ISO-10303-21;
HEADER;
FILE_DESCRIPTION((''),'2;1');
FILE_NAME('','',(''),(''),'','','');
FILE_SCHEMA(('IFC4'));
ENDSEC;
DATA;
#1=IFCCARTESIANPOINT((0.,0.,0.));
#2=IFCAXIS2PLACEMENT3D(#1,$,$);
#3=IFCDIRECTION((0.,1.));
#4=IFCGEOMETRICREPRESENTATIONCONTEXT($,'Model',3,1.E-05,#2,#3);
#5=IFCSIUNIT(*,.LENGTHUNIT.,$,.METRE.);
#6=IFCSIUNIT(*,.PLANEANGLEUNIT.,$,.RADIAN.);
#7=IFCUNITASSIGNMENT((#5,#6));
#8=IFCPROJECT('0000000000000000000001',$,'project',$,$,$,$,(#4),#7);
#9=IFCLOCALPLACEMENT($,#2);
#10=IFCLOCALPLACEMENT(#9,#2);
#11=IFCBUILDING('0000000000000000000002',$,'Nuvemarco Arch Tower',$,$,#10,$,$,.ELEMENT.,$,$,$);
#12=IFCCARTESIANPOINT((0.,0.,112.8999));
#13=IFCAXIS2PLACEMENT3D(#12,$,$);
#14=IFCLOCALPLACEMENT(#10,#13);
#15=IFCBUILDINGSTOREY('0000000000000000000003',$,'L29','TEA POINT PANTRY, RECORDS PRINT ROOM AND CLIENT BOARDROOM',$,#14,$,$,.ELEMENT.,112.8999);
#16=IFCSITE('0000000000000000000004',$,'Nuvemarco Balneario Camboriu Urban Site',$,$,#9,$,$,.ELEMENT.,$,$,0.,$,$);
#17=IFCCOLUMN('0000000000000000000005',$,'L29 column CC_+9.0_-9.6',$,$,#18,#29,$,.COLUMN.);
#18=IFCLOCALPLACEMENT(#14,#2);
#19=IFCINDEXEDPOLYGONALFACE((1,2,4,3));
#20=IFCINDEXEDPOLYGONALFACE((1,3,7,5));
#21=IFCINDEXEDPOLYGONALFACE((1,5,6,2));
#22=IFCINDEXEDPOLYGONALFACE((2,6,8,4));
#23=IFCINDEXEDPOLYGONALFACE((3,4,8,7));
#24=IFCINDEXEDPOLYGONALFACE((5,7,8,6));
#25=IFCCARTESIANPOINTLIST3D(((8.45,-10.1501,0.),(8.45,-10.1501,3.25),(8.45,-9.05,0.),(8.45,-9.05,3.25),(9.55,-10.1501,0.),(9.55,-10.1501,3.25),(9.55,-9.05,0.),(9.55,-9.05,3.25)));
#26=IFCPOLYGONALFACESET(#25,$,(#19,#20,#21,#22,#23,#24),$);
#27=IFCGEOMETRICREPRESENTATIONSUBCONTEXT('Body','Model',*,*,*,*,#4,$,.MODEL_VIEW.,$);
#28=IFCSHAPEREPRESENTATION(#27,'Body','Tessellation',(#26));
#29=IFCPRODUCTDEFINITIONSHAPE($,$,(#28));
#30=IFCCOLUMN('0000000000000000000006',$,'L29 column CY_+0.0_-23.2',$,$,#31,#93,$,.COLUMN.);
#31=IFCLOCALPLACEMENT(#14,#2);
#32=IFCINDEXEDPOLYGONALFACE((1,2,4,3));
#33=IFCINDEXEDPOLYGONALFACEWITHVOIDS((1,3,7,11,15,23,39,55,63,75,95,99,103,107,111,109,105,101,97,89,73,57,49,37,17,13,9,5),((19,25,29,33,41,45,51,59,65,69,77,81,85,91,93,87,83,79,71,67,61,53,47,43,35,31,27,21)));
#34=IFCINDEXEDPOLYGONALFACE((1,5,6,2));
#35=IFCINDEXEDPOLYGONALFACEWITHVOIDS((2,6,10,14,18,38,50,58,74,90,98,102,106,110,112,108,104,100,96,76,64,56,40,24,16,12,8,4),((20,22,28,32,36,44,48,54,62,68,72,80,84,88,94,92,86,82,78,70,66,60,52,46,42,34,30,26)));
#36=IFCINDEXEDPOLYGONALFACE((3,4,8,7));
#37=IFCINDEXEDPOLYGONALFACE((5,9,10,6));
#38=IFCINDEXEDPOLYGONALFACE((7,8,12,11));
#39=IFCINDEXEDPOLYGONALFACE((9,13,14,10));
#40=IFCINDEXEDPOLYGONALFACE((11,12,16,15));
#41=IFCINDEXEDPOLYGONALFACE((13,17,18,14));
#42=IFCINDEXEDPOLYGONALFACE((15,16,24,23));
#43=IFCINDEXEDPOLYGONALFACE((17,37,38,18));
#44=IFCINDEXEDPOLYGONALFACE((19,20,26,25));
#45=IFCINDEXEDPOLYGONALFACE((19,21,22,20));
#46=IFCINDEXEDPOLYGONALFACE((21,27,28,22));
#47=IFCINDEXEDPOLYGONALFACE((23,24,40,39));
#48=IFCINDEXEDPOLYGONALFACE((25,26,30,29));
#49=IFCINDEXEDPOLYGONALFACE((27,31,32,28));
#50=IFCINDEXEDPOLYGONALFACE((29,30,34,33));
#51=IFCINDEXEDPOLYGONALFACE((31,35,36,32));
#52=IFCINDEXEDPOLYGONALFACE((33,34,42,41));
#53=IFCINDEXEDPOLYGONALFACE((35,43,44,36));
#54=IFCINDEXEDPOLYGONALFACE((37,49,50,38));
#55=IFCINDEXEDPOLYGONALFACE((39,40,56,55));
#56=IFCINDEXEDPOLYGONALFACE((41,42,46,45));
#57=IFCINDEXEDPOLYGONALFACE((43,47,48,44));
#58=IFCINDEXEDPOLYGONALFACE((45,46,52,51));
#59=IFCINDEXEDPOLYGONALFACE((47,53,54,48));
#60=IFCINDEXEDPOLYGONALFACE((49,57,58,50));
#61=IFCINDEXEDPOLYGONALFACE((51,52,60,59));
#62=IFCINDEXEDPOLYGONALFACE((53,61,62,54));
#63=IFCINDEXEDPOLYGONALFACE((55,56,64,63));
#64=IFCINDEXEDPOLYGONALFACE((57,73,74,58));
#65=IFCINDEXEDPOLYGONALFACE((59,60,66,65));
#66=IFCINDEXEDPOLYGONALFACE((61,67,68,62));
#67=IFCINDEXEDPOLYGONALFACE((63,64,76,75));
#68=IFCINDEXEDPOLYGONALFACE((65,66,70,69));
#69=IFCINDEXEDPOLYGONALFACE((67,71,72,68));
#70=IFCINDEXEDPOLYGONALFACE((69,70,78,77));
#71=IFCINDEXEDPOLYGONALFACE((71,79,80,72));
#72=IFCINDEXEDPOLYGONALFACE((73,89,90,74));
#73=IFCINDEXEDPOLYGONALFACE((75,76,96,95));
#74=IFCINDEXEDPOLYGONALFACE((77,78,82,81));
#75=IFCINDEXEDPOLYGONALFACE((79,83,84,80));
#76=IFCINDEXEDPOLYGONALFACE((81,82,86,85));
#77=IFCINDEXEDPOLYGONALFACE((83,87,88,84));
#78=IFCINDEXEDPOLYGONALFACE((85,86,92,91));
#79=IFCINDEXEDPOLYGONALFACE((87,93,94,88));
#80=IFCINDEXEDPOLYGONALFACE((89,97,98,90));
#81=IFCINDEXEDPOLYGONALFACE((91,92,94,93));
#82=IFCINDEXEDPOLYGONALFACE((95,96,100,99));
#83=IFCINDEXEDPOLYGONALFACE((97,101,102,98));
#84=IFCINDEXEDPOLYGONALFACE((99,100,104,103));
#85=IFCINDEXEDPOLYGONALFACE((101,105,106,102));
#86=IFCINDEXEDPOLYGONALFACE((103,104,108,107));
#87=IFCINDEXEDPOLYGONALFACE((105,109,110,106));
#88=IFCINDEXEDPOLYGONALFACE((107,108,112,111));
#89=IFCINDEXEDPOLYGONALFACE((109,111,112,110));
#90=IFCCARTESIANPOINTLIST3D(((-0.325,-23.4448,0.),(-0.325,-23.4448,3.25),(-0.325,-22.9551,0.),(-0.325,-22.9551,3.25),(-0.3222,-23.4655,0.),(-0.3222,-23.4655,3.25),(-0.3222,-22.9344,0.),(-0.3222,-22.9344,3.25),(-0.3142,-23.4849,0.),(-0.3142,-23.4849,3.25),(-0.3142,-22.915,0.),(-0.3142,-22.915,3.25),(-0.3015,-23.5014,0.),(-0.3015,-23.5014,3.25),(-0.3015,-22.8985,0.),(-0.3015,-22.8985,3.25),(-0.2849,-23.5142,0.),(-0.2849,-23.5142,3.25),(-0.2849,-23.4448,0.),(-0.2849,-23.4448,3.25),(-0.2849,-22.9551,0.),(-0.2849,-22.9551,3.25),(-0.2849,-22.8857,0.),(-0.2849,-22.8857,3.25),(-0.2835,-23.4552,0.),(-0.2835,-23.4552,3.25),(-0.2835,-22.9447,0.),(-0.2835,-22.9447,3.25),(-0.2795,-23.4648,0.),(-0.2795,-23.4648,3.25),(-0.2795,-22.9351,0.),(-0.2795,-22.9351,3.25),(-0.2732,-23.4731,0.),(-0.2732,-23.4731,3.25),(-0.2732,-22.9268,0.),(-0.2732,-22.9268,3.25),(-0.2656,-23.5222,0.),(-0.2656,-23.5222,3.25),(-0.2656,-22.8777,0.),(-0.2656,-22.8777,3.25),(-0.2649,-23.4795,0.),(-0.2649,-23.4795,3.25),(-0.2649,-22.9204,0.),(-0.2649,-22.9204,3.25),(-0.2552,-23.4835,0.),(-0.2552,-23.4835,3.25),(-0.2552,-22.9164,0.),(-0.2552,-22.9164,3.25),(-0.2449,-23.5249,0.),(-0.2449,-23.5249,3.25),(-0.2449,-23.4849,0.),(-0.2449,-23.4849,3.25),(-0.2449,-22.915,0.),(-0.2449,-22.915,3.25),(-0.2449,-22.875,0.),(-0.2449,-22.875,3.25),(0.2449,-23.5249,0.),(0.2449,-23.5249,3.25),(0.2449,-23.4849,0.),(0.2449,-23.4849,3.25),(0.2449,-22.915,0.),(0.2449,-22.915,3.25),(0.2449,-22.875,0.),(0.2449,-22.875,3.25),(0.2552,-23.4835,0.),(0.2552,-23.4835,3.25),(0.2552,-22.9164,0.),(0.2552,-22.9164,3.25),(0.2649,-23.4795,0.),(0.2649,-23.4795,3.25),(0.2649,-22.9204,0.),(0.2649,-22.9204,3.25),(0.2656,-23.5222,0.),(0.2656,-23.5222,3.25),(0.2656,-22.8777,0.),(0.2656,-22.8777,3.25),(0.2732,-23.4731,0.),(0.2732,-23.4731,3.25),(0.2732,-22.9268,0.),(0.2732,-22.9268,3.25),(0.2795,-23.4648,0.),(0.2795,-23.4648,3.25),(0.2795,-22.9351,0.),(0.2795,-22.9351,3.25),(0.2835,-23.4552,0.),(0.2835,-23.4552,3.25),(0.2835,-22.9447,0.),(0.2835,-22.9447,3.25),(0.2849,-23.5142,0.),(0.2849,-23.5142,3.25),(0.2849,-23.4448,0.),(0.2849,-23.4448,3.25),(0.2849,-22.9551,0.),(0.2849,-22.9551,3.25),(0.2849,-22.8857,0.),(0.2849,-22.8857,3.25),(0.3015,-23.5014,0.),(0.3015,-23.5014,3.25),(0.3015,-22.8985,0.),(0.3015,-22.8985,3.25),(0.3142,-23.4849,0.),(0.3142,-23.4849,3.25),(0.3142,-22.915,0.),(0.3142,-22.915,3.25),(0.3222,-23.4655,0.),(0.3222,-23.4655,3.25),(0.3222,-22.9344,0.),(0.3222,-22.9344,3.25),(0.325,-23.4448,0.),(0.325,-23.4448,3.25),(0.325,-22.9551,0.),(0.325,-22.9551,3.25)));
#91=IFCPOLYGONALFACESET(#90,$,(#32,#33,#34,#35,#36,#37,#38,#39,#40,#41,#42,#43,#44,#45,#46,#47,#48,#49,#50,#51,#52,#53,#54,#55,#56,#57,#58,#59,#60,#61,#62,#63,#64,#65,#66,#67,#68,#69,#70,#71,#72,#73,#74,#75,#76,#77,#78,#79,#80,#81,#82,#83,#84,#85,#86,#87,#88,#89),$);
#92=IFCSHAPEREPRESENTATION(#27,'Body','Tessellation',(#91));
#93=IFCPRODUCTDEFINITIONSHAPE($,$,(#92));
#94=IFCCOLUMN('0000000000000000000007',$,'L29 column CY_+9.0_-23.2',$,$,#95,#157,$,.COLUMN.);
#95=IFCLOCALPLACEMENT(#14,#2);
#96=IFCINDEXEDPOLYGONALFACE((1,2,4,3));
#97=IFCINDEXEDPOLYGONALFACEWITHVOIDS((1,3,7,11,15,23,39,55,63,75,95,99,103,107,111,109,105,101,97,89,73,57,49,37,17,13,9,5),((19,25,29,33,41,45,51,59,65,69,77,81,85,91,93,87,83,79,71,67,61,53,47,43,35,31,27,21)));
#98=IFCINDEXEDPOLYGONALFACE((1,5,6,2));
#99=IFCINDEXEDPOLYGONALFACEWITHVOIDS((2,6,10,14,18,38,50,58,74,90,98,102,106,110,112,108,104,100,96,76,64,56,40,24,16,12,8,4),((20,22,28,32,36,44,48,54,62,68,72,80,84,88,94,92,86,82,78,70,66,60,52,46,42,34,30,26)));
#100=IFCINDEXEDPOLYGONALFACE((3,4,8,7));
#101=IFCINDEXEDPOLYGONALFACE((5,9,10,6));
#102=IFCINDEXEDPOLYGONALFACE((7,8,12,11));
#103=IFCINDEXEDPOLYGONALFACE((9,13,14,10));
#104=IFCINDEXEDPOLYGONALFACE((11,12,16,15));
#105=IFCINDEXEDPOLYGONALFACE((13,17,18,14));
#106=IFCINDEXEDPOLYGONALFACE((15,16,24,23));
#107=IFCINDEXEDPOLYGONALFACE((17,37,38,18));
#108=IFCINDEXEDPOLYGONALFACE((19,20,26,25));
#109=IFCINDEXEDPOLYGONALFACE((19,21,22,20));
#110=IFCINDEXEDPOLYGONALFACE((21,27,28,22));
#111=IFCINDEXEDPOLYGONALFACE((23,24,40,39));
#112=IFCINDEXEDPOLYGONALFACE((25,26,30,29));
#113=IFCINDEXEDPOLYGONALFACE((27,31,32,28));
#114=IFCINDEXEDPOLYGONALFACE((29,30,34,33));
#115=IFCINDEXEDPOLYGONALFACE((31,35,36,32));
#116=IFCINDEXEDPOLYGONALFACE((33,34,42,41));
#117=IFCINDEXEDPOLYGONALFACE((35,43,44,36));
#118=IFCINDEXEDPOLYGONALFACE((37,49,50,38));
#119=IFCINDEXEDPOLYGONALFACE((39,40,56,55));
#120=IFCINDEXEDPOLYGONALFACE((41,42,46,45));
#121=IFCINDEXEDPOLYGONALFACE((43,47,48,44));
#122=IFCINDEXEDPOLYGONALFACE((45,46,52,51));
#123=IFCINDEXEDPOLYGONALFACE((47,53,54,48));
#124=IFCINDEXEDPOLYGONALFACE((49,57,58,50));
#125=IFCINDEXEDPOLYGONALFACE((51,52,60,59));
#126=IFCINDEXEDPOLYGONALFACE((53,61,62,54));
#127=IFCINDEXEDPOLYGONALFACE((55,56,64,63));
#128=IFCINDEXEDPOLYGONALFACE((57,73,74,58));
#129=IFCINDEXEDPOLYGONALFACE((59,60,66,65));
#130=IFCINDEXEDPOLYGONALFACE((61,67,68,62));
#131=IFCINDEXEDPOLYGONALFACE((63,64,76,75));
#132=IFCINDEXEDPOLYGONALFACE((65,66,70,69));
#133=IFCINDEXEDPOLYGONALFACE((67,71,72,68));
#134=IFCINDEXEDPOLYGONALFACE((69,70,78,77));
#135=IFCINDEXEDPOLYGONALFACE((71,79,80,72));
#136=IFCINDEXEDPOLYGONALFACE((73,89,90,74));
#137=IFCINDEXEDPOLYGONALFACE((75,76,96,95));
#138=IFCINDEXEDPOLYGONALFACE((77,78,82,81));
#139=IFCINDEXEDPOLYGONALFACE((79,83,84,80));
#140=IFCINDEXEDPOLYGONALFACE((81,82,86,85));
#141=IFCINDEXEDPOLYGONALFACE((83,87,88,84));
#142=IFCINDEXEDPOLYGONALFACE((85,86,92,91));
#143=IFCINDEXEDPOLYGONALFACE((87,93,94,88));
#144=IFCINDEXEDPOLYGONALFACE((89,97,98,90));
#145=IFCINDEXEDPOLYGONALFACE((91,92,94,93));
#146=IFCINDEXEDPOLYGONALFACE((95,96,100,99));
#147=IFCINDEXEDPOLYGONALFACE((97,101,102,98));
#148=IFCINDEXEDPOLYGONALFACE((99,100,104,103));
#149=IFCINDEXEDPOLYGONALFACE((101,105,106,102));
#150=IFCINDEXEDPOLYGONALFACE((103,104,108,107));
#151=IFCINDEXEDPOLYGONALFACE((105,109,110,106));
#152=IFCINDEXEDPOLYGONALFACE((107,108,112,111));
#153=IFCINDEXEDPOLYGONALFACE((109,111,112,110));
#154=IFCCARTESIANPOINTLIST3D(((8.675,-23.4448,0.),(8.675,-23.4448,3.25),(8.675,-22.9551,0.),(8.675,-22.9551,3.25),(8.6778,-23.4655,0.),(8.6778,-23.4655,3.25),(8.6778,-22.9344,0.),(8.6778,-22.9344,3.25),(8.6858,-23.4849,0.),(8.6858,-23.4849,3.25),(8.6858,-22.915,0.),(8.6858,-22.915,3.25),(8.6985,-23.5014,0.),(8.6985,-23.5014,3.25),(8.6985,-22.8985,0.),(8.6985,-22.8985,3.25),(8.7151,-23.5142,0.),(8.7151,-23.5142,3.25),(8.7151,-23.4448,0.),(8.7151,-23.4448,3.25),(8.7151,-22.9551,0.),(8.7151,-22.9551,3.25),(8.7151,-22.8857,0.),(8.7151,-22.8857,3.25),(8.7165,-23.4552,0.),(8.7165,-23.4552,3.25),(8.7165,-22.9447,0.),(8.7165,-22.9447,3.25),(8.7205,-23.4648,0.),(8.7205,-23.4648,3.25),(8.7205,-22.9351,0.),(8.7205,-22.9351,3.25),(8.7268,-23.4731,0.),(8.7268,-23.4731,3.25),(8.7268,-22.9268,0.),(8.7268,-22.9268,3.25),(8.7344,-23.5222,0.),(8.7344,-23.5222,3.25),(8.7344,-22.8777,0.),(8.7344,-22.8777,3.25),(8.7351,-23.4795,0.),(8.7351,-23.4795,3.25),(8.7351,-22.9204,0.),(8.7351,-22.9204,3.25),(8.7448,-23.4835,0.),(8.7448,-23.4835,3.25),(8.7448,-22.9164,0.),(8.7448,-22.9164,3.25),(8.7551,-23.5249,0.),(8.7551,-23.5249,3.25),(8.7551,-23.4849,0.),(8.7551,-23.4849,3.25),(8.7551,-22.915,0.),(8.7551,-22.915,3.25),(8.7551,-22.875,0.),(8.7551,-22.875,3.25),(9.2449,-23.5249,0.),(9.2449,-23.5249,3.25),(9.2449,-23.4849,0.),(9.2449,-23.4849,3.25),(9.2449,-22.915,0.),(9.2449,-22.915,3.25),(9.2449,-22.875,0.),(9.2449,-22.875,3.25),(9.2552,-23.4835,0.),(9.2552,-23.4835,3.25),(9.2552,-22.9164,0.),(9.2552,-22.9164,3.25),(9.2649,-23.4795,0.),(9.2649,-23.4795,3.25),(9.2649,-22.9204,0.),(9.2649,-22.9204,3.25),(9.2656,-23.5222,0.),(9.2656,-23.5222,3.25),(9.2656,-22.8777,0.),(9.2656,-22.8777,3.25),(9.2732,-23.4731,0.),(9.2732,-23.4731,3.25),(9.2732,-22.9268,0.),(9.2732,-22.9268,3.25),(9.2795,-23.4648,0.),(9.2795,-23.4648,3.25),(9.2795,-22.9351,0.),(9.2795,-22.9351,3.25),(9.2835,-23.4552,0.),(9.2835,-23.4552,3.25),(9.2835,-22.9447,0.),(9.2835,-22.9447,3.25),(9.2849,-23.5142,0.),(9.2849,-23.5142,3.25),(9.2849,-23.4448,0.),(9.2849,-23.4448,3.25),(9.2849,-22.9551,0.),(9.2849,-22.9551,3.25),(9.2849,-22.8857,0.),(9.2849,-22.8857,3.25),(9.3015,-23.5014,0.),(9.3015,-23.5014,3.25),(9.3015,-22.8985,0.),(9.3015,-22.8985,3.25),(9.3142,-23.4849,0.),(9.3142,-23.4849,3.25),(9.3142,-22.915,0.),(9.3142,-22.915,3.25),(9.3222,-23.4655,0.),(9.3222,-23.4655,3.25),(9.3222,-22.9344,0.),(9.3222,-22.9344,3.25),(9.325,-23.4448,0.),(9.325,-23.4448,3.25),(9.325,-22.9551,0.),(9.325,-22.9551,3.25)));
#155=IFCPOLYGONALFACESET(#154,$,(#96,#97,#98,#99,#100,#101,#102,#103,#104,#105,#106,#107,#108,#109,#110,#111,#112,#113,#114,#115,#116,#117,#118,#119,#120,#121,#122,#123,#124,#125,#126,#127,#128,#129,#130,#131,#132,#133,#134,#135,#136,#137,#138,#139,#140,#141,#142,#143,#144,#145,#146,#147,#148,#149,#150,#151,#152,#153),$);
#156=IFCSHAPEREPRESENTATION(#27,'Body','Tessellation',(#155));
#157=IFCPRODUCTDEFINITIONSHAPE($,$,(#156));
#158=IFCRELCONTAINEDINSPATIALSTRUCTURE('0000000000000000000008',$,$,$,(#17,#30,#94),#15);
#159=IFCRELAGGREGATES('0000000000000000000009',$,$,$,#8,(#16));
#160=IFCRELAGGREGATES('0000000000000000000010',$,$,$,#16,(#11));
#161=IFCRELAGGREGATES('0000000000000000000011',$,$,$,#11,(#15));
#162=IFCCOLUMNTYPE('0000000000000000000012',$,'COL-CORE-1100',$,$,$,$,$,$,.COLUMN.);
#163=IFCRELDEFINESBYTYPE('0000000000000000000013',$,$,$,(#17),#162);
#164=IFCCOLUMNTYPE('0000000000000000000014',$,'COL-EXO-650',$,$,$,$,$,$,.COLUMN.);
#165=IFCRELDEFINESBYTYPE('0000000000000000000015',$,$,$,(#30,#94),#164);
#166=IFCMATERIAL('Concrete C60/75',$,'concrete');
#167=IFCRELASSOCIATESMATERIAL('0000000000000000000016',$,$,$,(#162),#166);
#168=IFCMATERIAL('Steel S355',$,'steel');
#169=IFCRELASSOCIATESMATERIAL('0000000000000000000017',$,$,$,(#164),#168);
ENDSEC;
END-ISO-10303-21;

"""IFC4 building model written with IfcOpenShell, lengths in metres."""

from ifc_helpers import new_model, si_unit, direction, frame, origin, origin_2d, place, context, subcontext, project, spatial, rectangle, hollow_rectangle, extrude, material, material_profile, profile_set, type_object, element, save


model = new_model("IFC4")

# Units and contexts
model_context = context("Model", 3, precision=1e-05, world=origin(), true_north=direction((0.0, 1.0)))
body_context = subcontext(model_context, "Body", "Model", "MODEL_VIEW")
ifc_project = project(units=[si_unit("LENGTHUNIT", "METRE"), si_unit("PLANEANGLEUNIT", "RADIAN")], contexts=[model_context])

# Site, building, storey
site_placement = place(None, origin())
site = spatial("IfcSite", under=ifc_project, at=site_placement, Name="Nuvemarco Balneario Camboriu Urban Site", CompositionType="ELEMENT", RefElevation=0.0)
building_placement = place(site_placement, origin())
building = spatial("IfcBuilding", under=site, at=building_placement, Name="Nuvemarco Arch Tower", CompositionType="ELEMENT")
storey_placement = place(building_placement, frame((0.0, 0.0, 112.8999)))
storey = spatial("IfcBuildingStorey", under=building, at=storey_placement, Name="L29", Description="TEA POINT PANTRY, RECORDS PRINT ROOM AND CLIENT BOARDROOM", CompositionType="ELEMENT", Elevation=112.8999)

# Columns
ifc_material_1 = material(Name="Concrete C60/75", Category="concrete")
ifc_material_profile_1 = material_profile(ifc_material_1, rectangle(XDim=1.1001, YDim=1.1001, at=origin_2d()), Name="RC-COL-1100x1100")
ifc_profile_set_1 = profile_set([ifc_material_profile_1], Name="Concrete C60/75")
column_type_1 = type_object("IfcColumnType", Name="COL-CORE-1100", PredefinedType="COLUMN", material=ifc_profile_set_1)
column_placement = place(storey_placement, frame((9.0, -9.6001, 0.0), z_axis=(0.0, 0.0, 1.0), x_axis=(1.0, 0.0, 0.0)))
element("IfcColumn", 1, at=column_placement, inside=storey, type_object=column_type_1, Name="L29 column CC_+9.0_-9.6", PredefinedType="COLUMN", context=body_context, shape_type="SweptSolid", body=[
    extrude(rectangle(XDim=1.1001, YDim=1.1001, at=origin_2d()), origin(), (0.0, 0.0, 1.0), 3.25),
])
ifc_material_2 = material(Name="Steel S355", Category="steel")
ifc_material_profile_2 = material_profile(ifc_material_2, hollow_rectangle(XDim=0.6499, YDim=0.6499, WallThickness=0.04, InnerFilletRadius=0.04, OuterFilletRadius=0.0801, at=origin_2d()), Name="SHS650x650x40")
ifc_profile_set_2 = profile_set([ifc_material_profile_2], Name="Steel S355")
column_type_2 = type_object("IfcColumnType", Name="COL-EXO-650", PredefinedType="COLUMN", material=ifc_profile_set_2)
for number, where, z_axis, x_axis, name in (
    (2, (0.0, -23.2, 0.0), (0.0, 0.0, 1.0), (1.0, 0.0, 0.0), "L29 column CY_+0.0_-23.2"),
    (3, (9.0, -23.2, 0.0), (0.0, 0.0, 1.0), (1.0, 0.0, 0.0), "L29 column CY_+9.0_-23.2"),
):
    element("IfcColumn", number, at=place(storey_placement, frame(where, z_axis=z_axis, x_axis=x_axis)), inside=storey, type_object=column_type_2, Name=name, PredefinedType="COLUMN", context=body_context, shape_type="SweptSolid", body=[
        extrude(hollow_rectangle(XDim=0.6499, YDim=0.6499, WallThickness=0.04, InnerFilletRadius=0.04, OuterFilletRadius=0.0801, at=origin_2d()), origin(), (0.0, 0.0, 1.0), 3.25),
    ])

save(model, "model.ifc")
